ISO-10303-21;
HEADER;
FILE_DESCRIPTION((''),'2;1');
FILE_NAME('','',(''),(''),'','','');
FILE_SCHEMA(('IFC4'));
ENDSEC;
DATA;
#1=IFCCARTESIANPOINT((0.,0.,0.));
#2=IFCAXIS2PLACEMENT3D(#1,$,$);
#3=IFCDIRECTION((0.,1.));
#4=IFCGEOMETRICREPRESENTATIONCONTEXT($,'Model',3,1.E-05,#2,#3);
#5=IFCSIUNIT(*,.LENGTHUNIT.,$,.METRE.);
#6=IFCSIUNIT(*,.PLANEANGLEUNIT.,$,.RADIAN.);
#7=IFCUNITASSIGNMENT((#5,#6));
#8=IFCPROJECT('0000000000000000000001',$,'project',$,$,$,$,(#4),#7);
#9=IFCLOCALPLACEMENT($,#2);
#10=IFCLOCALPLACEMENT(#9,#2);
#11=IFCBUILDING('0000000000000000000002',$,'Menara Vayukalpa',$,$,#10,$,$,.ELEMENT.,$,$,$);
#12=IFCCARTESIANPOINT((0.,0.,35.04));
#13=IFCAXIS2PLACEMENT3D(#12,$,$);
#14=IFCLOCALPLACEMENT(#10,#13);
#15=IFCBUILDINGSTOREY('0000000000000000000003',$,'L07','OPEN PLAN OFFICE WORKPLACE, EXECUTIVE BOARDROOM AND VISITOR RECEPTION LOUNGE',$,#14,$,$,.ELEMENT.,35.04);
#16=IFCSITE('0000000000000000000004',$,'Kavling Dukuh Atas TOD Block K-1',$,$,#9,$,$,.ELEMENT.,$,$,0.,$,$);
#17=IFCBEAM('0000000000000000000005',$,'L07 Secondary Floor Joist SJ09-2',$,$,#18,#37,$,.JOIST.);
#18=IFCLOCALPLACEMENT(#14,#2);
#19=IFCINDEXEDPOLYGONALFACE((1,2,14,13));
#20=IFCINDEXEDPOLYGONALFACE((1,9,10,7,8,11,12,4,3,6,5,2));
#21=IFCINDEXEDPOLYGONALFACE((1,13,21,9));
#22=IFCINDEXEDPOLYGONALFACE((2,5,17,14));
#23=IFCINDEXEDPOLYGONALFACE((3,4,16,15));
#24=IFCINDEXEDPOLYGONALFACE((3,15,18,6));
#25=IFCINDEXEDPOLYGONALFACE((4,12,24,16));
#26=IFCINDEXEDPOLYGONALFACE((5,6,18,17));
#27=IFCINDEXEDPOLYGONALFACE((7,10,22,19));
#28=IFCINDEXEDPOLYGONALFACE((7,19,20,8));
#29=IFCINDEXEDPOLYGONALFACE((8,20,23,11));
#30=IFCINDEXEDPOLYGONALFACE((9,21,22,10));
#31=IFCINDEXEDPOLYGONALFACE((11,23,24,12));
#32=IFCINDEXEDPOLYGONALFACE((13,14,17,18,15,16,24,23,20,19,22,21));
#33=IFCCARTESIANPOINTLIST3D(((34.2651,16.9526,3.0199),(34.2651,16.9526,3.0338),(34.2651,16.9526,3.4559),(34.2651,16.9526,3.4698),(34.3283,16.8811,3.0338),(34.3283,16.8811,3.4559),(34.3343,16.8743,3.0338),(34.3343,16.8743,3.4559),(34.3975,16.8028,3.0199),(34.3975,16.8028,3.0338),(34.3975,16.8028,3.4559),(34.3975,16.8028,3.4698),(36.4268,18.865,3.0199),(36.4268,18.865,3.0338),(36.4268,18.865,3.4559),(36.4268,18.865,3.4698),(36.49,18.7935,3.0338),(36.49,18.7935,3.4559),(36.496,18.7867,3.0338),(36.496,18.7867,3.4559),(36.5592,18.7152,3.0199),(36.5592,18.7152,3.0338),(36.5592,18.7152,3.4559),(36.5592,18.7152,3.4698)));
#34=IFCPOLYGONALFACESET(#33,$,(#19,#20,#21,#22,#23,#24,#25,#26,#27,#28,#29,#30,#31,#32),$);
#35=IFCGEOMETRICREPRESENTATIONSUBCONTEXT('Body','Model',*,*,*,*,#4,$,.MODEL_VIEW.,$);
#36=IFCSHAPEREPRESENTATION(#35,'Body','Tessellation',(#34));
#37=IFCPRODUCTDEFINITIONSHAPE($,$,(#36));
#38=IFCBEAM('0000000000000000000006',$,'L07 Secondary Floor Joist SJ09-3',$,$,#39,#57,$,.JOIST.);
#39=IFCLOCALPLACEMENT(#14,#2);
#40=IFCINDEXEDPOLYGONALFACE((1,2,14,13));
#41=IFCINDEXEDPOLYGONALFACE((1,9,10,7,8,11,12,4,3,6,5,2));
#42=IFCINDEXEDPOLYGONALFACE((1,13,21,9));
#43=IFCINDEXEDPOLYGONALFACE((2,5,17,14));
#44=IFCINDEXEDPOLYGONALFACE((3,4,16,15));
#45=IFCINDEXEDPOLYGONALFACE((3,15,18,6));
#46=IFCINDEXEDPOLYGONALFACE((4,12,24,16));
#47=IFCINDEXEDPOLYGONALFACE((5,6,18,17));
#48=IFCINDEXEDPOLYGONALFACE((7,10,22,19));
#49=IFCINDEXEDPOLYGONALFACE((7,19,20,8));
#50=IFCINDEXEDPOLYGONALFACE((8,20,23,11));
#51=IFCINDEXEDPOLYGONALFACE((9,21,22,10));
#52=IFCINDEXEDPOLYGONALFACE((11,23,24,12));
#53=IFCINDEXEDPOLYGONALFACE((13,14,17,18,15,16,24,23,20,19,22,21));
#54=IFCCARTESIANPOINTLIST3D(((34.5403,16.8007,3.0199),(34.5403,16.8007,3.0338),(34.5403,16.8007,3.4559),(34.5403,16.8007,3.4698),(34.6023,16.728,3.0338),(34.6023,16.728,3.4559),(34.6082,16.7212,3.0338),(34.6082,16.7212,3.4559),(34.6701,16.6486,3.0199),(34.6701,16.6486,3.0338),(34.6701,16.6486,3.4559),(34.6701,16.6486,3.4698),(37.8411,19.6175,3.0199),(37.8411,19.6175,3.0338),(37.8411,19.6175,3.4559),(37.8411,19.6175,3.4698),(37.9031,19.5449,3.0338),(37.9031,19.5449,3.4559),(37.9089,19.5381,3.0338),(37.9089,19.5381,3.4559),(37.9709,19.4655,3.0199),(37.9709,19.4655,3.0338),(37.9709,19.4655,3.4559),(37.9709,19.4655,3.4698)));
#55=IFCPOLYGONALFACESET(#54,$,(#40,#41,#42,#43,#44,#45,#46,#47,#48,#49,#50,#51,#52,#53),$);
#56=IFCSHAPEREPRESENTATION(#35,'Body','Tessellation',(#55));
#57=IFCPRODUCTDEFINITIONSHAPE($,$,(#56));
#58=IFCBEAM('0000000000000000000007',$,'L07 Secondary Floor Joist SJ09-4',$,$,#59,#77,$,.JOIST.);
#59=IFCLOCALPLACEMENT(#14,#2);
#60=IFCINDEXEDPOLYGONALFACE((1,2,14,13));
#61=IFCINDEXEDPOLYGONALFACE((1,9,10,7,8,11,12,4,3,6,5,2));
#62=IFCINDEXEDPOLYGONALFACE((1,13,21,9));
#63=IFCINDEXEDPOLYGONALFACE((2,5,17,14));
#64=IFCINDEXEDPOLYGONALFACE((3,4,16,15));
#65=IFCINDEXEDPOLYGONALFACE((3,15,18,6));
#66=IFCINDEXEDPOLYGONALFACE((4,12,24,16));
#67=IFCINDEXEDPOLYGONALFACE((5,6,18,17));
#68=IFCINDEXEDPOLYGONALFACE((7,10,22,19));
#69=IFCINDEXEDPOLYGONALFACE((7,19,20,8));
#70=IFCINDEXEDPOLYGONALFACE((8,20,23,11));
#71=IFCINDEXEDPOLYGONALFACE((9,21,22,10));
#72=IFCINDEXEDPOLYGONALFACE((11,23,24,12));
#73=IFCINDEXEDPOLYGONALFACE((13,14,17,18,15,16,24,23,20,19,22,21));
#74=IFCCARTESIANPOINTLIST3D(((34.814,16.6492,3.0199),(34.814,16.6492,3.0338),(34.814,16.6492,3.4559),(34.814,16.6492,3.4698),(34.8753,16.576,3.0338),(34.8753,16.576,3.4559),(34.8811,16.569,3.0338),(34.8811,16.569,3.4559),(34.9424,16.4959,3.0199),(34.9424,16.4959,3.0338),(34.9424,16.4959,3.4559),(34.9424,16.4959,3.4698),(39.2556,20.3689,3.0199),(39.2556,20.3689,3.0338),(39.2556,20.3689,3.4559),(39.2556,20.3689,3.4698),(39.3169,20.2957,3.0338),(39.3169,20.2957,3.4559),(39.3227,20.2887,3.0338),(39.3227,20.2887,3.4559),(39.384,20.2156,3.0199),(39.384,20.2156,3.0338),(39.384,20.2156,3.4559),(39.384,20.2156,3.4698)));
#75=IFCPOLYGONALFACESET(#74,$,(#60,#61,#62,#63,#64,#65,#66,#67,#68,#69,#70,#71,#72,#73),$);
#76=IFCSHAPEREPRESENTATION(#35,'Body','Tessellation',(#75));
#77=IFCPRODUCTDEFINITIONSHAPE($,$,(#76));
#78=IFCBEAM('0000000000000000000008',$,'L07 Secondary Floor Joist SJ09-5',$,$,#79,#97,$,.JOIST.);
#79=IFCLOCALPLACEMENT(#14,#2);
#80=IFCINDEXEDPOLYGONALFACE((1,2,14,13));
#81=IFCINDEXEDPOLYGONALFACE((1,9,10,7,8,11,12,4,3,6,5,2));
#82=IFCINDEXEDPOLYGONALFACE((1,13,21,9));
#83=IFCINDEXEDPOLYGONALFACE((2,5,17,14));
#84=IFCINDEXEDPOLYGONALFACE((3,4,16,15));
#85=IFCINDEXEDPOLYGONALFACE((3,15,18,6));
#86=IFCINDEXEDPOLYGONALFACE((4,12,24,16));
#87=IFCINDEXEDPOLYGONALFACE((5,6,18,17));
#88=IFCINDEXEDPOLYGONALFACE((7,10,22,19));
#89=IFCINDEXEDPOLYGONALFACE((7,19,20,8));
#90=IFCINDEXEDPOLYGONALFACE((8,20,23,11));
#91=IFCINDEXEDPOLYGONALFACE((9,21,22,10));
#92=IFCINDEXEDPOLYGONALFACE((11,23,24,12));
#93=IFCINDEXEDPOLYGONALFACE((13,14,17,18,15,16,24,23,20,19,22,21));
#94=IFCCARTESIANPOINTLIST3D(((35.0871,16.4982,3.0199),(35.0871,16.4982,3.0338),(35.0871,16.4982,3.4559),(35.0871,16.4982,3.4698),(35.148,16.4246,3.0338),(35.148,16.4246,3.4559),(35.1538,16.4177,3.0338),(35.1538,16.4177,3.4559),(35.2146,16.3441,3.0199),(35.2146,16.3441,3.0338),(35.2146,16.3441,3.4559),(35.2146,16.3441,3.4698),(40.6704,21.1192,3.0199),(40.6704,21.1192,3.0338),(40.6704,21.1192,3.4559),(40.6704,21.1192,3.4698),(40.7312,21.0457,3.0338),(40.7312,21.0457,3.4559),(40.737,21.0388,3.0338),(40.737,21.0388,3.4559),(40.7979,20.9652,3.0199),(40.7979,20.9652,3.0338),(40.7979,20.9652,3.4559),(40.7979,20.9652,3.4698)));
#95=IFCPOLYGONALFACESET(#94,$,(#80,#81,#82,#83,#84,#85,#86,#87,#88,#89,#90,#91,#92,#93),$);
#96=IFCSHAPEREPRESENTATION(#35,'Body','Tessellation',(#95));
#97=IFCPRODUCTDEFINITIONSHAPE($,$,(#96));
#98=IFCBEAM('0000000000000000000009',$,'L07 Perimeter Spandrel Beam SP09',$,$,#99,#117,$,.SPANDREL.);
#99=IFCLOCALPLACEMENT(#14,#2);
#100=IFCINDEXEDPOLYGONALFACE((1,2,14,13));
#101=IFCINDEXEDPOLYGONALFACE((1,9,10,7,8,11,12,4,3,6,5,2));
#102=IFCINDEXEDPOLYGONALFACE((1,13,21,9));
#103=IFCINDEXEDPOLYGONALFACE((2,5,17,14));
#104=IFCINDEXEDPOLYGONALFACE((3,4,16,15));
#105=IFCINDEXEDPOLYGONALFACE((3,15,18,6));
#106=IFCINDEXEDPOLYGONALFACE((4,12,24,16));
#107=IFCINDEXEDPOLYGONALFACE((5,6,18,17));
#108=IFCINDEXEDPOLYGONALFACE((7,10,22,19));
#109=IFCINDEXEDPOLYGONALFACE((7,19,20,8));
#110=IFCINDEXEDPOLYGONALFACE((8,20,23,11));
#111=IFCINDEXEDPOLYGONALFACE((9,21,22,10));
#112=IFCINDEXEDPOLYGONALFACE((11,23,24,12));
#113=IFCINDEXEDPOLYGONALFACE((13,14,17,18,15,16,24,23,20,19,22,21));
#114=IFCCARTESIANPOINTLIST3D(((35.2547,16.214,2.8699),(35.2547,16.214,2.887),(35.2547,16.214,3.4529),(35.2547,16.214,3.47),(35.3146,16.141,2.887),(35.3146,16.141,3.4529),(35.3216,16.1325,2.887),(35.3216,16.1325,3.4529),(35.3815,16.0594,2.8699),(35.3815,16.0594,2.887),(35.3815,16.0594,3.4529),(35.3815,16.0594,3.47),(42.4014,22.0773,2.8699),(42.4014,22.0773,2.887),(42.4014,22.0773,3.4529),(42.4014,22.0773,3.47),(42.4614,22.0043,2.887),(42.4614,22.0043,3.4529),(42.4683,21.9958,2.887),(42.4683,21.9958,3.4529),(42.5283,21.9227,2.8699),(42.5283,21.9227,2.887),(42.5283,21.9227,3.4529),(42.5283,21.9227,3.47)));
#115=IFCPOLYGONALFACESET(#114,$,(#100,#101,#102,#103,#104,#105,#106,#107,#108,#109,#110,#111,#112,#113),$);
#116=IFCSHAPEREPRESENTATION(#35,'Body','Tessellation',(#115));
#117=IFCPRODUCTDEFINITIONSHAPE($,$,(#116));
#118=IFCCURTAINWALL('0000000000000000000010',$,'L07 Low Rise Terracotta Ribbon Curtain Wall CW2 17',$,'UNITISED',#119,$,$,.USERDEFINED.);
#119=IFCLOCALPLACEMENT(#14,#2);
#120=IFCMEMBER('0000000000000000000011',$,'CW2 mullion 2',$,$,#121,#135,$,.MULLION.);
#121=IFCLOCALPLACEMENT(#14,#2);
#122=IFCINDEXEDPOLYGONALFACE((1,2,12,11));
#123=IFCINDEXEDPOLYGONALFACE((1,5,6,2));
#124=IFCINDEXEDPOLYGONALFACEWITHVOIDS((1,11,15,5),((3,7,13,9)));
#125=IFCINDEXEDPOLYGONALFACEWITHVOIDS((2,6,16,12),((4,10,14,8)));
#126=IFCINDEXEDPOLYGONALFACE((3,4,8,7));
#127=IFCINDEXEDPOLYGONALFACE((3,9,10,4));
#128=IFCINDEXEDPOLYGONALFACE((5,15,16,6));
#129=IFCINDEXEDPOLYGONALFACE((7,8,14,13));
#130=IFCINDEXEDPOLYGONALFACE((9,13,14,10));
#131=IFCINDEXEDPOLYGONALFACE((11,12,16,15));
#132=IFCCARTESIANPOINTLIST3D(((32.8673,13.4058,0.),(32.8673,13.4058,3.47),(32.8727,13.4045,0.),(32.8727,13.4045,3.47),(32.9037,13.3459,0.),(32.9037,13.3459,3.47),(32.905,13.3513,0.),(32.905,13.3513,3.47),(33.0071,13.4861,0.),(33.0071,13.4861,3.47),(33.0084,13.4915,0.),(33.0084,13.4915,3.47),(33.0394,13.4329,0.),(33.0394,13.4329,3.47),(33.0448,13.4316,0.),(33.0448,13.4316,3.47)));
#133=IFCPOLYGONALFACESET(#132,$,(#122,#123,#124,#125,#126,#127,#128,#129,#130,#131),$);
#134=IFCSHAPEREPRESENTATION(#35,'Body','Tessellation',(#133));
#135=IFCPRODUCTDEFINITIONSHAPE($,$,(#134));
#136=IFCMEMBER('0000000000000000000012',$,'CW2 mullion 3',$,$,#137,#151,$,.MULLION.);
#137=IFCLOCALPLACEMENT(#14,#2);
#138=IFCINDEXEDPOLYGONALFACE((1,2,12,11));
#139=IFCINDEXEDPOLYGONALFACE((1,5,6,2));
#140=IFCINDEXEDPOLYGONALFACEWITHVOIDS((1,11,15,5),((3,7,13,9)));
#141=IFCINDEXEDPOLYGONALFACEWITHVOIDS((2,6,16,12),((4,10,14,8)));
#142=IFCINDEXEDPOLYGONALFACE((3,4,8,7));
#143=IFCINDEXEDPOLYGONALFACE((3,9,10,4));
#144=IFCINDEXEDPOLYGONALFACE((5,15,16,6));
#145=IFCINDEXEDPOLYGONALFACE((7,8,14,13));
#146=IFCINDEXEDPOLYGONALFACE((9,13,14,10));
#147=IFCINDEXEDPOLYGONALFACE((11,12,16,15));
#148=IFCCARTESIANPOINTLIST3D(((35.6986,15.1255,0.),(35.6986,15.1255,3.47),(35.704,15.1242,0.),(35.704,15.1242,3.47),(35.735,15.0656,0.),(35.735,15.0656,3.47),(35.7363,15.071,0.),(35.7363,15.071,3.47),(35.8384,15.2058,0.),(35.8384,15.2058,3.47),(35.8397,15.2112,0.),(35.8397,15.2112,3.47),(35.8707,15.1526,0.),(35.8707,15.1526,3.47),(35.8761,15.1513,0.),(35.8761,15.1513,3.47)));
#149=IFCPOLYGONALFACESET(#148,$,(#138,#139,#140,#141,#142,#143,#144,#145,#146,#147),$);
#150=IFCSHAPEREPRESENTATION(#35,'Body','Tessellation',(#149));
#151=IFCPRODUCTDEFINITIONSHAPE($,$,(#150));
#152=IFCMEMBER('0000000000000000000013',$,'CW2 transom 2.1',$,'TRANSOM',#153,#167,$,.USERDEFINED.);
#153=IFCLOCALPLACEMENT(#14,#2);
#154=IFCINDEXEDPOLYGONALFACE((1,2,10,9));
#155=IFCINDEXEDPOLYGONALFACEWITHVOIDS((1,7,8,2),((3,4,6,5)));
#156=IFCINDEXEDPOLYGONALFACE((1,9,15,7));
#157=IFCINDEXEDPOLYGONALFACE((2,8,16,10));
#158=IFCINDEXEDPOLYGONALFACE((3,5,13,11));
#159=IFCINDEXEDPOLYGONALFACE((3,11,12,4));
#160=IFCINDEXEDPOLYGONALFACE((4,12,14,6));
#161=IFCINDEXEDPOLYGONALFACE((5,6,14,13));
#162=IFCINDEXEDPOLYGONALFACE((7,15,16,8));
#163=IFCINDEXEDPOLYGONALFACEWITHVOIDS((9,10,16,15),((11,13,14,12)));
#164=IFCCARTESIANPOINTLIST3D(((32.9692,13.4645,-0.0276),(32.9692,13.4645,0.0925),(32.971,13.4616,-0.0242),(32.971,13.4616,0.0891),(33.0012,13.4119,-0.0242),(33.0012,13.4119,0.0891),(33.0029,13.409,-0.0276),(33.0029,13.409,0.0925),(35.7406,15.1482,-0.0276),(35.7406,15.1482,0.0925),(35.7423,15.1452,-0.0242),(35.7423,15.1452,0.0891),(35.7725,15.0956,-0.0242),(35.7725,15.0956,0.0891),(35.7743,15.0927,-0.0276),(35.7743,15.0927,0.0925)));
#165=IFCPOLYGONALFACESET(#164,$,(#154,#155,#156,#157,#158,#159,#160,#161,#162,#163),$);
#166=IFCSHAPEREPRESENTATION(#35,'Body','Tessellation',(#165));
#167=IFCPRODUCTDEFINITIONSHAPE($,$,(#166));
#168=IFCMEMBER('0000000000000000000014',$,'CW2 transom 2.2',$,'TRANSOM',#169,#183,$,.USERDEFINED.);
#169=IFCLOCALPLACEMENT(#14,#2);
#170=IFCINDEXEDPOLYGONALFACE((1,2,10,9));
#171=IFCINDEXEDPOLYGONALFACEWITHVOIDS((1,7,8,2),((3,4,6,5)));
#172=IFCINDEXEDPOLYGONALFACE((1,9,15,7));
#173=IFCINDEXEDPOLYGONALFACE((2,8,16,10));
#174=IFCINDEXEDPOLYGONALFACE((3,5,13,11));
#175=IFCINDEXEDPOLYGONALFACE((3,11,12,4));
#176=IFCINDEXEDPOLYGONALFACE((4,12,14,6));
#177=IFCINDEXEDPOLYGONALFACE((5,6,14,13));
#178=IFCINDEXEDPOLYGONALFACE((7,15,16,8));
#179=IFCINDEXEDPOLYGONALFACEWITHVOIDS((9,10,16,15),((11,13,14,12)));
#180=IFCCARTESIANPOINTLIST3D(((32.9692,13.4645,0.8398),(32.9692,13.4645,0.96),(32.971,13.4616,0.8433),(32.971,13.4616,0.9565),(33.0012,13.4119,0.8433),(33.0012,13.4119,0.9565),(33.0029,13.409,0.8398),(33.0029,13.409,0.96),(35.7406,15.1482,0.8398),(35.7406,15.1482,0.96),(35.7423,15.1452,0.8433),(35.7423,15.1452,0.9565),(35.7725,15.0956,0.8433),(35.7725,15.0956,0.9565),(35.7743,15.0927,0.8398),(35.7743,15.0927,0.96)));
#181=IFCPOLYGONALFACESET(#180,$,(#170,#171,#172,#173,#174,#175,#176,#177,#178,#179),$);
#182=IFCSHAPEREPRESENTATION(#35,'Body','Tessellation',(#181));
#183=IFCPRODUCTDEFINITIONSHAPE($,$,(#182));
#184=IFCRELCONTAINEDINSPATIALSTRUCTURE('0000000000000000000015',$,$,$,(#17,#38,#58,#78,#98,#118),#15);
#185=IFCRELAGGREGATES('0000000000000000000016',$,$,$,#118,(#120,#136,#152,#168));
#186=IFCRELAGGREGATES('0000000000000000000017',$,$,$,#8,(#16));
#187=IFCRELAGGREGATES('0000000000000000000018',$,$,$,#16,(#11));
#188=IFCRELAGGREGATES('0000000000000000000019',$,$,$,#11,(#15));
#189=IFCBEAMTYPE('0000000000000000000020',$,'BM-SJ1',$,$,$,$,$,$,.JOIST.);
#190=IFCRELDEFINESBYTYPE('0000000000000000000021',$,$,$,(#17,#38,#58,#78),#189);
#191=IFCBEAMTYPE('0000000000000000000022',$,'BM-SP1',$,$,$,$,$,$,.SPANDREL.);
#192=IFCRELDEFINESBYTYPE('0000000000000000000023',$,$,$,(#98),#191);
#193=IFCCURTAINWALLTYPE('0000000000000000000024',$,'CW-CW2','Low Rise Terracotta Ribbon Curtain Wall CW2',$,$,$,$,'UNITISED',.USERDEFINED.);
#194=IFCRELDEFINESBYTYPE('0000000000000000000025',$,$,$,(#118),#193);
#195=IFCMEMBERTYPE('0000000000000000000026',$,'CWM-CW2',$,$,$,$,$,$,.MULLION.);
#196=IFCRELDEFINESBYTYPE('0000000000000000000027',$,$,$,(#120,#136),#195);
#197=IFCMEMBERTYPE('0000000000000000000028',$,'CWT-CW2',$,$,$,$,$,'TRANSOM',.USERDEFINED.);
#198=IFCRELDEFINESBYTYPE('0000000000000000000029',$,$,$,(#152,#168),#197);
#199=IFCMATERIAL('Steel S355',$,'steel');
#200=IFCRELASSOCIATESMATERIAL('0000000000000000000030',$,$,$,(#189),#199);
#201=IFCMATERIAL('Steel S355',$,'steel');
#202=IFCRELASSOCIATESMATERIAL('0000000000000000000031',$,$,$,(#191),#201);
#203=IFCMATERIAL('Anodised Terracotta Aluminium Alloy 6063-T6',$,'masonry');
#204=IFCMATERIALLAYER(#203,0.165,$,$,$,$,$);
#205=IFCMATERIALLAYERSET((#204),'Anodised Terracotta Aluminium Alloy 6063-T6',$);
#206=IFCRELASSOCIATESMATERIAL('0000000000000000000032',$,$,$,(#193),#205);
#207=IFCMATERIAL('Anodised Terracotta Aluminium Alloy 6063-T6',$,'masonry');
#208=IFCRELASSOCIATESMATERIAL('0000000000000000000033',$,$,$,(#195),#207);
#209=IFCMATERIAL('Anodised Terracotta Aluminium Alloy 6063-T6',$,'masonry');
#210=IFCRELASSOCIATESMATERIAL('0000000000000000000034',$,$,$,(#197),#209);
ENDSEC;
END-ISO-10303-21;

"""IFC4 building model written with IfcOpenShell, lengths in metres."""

from ifc_helpers import new_model, si_unit, direction, frame, origin, origin_2d, place, context, subcontext, project, spatial, hollow_rectangle, i_section, extrude, material, layer, layer_set, material_profile, profile_set, type_object, element, aggregate, save


model = new_model("IFC4")

# Units and contexts
model_context = context("Model", 3, precision=1e-05, world=origin(), true_north=direction((0.0, 1.0)))
body_context = subcontext(model_context, "Body", "Model", "MODEL_VIEW")
ifc_project = project(units=[si_unit("LENGTHUNIT", "METRE"), si_unit("PLANEANGLEUNIT", "RADIAN")], contexts=[model_context])

# Site, building, storey
site_placement = place(None, origin())
site = spatial("IfcSite", under=ifc_project, at=site_placement, Name="Kavling Dukuh Atas TOD Block K-1", CompositionType="ELEMENT", RefElevation=0.0)
building_placement = place(site_placement, origin())
building = spatial("IfcBuilding", under=site, at=building_placement, Name="Menara Vayukalpa", CompositionType="ELEMENT")
storey_placement = place(building_placement, frame((0.0, 0.0, 35.04)))
storey = spatial("IfcBuildingStorey", under=building, at=storey_placement, Name="L07", Description="OPEN PLAN OFFICE WORKPLACE, EXECUTIVE BOARDROOM AND VISITOR RECEPTION LOUNGE", CompositionType="ELEMENT", Elevation=35.04)

# Beams
ifc_material_1 = material(Name="Steel S355", Category="steel")
ifc_material_profile_1 = material_profile(ifc_material_1, i_section(OverallWidth=0.2, OverallDepth=0.45, WebThickness=0.009, FlangeThickness=0.0139, at=origin_2d()), Name="WF 450x200x9x14")
ifc_profile_set_1 = profile_set([ifc_material_profile_1], Name="Steel S355")
beam_type_1 = type_object("IfcBeamType", Name="BM-SJ1", PredefinedType="JOIST", material=ifc_profile_set_1)
beam_1_placement = place(storey_placement, frame((34.3313, 16.8777, 3.2449), z_axis=(0.748971, 0.662603, 0.0), x_axis=(-0.662603, 0.748971, 0.0)))
element("IfcBeam", 1, at=beam_1_placement, inside=storey, type_object=beam_type_1, Name="L07 Secondary Floor Joist SJ09-2", PredefinedType="JOIST", context=body_context, shape_type="SweptSolid", body=[
    extrude(i_section(OverallWidth=0.2, OverallDepth=0.45, WebThickness=0.009, FlangeThickness=0.0139, at=origin_2d()), origin(), (0.0, 0.0, 1.0), 2.8862),
])
beam_2_placement = place(storey_placement, frame((34.6052, 16.7246, 3.2449), z_axis=(0.760661, 0.64915, 0.0), x_axis=(-0.64915, 0.760661, 0.0)))
element("IfcBeam", 2, at=beam_2_placement, inside=storey, type_object=beam_type_1, Name="L07 Secondary Floor Joist SJ09-3", PredefinedType="JOIST", context=body_context, shape_type="SweptSolid", body=[
    extrude(i_section(OverallWidth=0.2, OverallDepth=0.45, WebThickness=0.009, FlangeThickness=0.0139, at=origin_2d()), origin(), (0.0, 0.0, 1.0), 4.3394),
])
beam_3_placement = place(storey_placement, frame((34.8782, 16.5725, 3.2449), z_axis=(0.766661, 0.642052, 0.0), x_axis=(-0.642052, 0.766661, 0.0)))
element("IfcBeam", 3, at=beam_3_placement, inside=storey, type_object=beam_type_1, Name="L07 Secondary Floor Joist SJ09-4", PredefinedType="JOIST", context=body_context, shape_type="SweptSolid", body=[
    extrude(i_section(OverallWidth=0.2, OverallDepth=0.45, WebThickness=0.009, FlangeThickness=0.0139, at=origin_2d()), origin(), (0.0, 0.0, 1.0), 5.7935),
])
beam_4_placement = place(storey_placement, frame((35.1509, 16.4211, 3.2449), z_axis=(0.770362, 0.637606, 0.0), x_axis=(-0.637606, 0.770362, 0.0)))
element("IfcBeam", 4, at=beam_4_placement, inside=storey, type_object=beam_type_1, Name="L07 Secondary Floor Joist SJ09-5", PredefinedType="JOIST", context=body_context, shape_type="SweptSolid", body=[
    extrude(i_section(OverallWidth=0.2, OverallDepth=0.45, WebThickness=0.009, FlangeThickness=0.0139, at=origin_2d()), origin(), (0.0, 0.0, 1.0), 7.2476),
])
ifc_material_2 = material(Name="Steel S355", Category="steel")
ifc_material_profile_2 = material_profile(ifc_material_2, i_section(OverallWidth=0.2, OverallDepth=0.6001, WebThickness=0.011, FlangeThickness=0.0171, at=origin_2d()), Name="WF 600x200x11x17")
ifc_profile_set_2 = profile_set([ifc_material_profile_2], Name="Steel S355")
beam_type_2 = type_object("IfcBeamType", Name="BM-SP1", PredefinedType="SPANDREL", material=ifc_profile_set_2)
beam_5_placement = place(storey_placement, frame((35.3181, 16.1367, 3.1699), z_axis=(0.773111, 0.634271, 0.0), x_axis=(-0.634271, 0.773111, 0.0)))
element("IfcBeam", 5, at=beam_5_placement, inside=storey, type_object=beam_type_2, Name="L07 Perimeter Spandrel Beam SP09", PredefinedType="SPANDREL", context=body_context, shape_type="SweptSolid", body=[
    extrude(i_section(OverallWidth=0.2, OverallDepth=0.6001, WebThickness=0.011, FlangeThickness=0.0171, at=origin_2d()), origin(), (0.0, 0.0, 1.0), 9.2441),
])

# Curtain wall, members
ifc_material_3 = material(Name="Anodised Terracotta Aluminium Alloy 6063-T6", Category="masonry")
ifc_layer_1 = layer(ifc_material_3, 0.165)
ifc_layer_set_1 = layer_set([ifc_layer_1], Name="Anodised Terracotta Aluminium Alloy 6063-T6")
curtain_wall_type = type_object("IfcCurtainWallType", Name="CW-CW2", Description="Low Rise Terracotta Ribbon Curtain Wall CW2", ElementType="UNITISED", PredefinedType="USERDEFINED", material=ifc_layer_set_1)
curtain_wall_placement = place(storey_placement, origin())
curtain_wall = element("IfcCurtainWall", 6, at=curtain_wall_placement, inside=storey, type_object=curtain_wall_type, Name="L07 Low Rise Terracotta Ribbon Curtain Wall CW2 17", ObjectType="UNITISED", PredefinedType="USERDEFINED")
ifc_material_4 = material(Name="Anodised Terracotta Aluminium Alloy 6063-T6", Category="masonry")
ifc_material_profile_3 = material_profile(ifc_material_4, hollow_rectangle(XDim=0.0701, YDim=0.165, WallThickness=0.0039, at=origin_2d()), Name="ALU 70x165x4")
ifc_profile_set_3 = profile_set([ifc_material_profile_3], Name="Anodised Terracotta Aluminium Alloy 6063-T6")
member_type_1 = type_object("IfcMemberType", Name="CWM-CW2", PredefinedType="MULLION", material=ifc_profile_set_3)
member_1_placement = place(storey_placement, frame((32.9561, 13.4187, 0.0), z_axis=(0.0, 0.0, 1.0), x_axis=(-0.519182, 0.854664, 0.0)))
member_1 = element("IfcMember", 7, at=member_1_placement, type_object=member_type_1, Name="CW2 mullion 2", PredefinedType="MULLION", context=body_context, shape_type="SweptSolid", body=[
    extrude(hollow_rectangle(XDim=0.0701, YDim=0.165, WallThickness=0.0039, at=origin_2d()), origin(), (0.0, 0.0, 1.0), 3.47),
])
member_2_placement = place(storey_placement, frame((35.7874, 15.1384, 0.0), z_axis=(0.0, 0.0, 1.0), x_axis=(-0.519182, 0.854664, 0.0)))
member_2 = element("IfcMember", 8, at=member_2_placement, type_object=member_type_1, Name="CW2 mullion 3", PredefinedType="MULLION", context=body_context, shape_type="SweptSolid", body=[
    extrude(hollow_rectangle(XDim=0.0701, YDim=0.165, WallThickness=0.0039, at=origin_2d()), origin(), (0.0, 0.0, 1.0), 3.47),
])
ifc_material_5 = material(Name="Anodised Terracotta Aluminium Alloy 6063-T6", Category="masonry")
ifc_material_profile_4 = material_profile(ifc_material_5, hollow_rectangle(XDim=0.0649, YDim=0.1201, WallThickness=0.0034, at=origin_2d()), Name="ALU 65x120x3.5")
ifc_profile_set_4 = profile_set([ifc_material_profile_4], Name="Anodised Terracotta Aluminium Alloy 6063-T6")
member_type_2 = type_object("IfcMemberType", Name="CWT-CW2", ElementType="TRANSOM", PredefinedType="USERDEFINED", material=ifc_profile_set_4)
member_3_placement = place(storey_placement, frame((32.9861, 13.4368, 0.0325), z_axis=(0.854643, 0.519216, 0.0), x_axis=(-0.519216, 0.854643, 0.0)))
member_3 = element("IfcMember", 9, at=member_3_placement, type_object=member_type_2, Name="CW2 transom 2.1", ObjectType="TRANSOM", PredefinedType="USERDEFINED", context=body_context, shape_type="SweptSolid", body=[
    extrude(hollow_rectangle(XDim=0.0649, YDim=0.1201, WallThickness=0.0034, at=origin_2d()), origin(), (0.0, 0.0, 1.0), 3.2427),
])
member_4_placement = place(storey_placement, frame((32.9861, 13.4368, 0.8999), z_axis=(0.854643, 0.519216, 0.0), x_axis=(-0.519216, 0.854643, 0.0)))
member_4 = element("IfcMember", 10, at=member_4_placement, type_object=member_type_2, Name="CW2 transom 2.2", ObjectType="TRANSOM", PredefinedType="USERDEFINED", context=body_context, shape_type="SweptSolid", body=[
    extrude(hollow_rectangle(XDim=0.0649, YDim=0.1201, WallThickness=0.0034, at=origin_2d()), origin(), (0.0, 0.0, 1.0), 3.2427),
])
aggregate(curtain_wall, [member_1, member_2, member_3, member_4])

save(model, "model.ifc")
